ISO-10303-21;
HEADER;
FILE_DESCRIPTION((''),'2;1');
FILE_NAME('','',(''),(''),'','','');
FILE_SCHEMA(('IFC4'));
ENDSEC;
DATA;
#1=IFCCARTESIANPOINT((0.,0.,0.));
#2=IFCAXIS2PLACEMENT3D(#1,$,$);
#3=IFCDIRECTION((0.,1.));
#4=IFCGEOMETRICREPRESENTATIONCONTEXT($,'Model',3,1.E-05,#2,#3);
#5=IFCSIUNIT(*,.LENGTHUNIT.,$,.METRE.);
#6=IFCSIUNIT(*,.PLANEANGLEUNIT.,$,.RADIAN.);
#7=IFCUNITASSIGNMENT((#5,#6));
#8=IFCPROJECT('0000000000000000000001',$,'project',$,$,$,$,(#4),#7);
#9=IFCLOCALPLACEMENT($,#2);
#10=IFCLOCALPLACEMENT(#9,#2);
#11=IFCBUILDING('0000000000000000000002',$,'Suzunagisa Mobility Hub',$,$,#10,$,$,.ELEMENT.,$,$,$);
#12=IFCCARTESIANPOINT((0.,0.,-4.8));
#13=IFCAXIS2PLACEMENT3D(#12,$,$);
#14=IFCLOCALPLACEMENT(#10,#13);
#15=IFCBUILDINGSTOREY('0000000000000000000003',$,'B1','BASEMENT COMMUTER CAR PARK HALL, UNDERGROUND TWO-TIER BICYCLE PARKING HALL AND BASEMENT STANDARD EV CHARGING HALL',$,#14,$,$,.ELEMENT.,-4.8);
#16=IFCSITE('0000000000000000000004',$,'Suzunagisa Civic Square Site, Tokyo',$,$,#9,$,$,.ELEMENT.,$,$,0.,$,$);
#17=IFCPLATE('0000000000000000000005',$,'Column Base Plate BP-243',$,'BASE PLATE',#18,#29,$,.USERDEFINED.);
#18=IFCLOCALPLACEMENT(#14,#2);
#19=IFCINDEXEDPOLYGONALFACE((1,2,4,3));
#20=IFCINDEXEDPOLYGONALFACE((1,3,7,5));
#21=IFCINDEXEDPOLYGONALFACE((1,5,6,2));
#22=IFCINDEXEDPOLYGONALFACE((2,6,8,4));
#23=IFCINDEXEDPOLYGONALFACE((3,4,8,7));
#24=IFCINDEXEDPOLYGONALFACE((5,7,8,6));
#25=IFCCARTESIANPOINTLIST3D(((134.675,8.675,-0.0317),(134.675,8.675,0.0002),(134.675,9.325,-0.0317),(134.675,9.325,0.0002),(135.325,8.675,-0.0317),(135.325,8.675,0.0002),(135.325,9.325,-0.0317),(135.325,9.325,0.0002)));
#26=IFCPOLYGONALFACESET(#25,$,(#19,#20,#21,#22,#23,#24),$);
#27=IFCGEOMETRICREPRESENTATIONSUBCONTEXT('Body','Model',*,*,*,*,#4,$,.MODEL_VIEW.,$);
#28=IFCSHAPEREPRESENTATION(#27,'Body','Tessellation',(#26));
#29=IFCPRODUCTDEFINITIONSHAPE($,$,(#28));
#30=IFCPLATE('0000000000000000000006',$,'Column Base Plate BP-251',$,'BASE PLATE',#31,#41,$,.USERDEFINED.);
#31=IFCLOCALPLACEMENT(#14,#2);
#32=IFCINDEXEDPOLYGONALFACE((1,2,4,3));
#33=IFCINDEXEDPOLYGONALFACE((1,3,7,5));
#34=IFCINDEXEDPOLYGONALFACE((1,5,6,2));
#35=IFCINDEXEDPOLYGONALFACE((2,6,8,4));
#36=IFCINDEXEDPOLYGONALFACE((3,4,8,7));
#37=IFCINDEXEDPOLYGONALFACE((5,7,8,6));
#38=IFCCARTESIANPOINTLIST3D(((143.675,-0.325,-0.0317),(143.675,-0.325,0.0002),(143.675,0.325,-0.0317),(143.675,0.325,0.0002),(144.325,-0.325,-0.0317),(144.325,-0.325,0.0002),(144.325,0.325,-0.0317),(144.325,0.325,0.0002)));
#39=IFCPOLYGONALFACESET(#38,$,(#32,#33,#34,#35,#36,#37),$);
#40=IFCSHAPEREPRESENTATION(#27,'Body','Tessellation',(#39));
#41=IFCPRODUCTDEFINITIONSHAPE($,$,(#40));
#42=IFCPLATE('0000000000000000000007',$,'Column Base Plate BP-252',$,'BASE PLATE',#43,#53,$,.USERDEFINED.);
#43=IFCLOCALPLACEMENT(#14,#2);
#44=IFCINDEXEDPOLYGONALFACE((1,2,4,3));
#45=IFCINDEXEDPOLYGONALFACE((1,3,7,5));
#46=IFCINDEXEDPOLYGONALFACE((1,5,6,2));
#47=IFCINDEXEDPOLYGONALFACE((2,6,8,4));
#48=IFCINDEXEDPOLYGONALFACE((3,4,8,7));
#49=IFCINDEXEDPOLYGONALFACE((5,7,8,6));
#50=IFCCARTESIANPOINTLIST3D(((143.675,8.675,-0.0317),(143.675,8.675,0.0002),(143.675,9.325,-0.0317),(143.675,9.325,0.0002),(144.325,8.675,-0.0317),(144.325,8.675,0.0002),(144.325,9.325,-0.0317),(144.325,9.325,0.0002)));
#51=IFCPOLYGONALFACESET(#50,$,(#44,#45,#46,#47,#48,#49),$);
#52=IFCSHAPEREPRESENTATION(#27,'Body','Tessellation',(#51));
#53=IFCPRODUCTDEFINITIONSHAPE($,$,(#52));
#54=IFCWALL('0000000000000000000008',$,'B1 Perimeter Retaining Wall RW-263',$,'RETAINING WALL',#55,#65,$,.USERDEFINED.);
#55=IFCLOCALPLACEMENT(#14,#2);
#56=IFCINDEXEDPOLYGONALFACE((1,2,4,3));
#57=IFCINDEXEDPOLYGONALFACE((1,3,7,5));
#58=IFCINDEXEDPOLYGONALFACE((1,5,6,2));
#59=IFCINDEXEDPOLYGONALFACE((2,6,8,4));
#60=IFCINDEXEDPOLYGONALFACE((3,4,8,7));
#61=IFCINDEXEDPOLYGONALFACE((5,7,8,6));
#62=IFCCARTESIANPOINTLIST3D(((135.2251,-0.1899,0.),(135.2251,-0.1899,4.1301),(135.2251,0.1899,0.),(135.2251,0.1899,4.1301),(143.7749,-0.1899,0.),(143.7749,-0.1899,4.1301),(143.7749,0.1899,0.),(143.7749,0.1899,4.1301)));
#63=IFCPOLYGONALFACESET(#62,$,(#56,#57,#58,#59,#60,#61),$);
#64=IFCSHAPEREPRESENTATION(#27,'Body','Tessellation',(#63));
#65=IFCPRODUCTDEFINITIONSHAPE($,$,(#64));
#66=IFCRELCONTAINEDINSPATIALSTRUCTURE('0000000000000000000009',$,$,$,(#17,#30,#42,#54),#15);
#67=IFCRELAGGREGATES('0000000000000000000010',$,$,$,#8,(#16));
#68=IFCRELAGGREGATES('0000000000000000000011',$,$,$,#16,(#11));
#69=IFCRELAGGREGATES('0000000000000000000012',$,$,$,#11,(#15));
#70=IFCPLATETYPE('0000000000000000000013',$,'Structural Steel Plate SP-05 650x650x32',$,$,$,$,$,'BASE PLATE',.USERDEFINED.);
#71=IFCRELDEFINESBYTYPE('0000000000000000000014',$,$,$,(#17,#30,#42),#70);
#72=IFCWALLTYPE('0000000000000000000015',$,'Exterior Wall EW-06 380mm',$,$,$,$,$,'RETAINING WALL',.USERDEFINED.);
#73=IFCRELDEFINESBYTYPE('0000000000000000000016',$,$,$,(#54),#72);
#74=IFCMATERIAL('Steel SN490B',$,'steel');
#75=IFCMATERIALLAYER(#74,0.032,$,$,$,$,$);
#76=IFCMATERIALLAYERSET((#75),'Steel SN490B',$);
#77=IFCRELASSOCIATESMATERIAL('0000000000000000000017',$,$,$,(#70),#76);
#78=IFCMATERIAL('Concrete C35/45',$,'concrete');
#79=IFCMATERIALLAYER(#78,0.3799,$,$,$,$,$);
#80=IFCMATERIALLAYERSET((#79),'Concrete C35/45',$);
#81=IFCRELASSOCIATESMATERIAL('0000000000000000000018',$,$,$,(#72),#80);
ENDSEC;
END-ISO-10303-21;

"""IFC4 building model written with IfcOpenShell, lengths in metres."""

from ifc_helpers import new_model, si_unit, direction, frame, frame_2d, origin, origin_2d, place, context, subcontext, project, spatial, rectangle, extrude, material, layer, layer_set, type_object, element, save


model = new_model("IFC4")

# Units and contexts
model_context = context("Model", 3, precision=1e-05, world=origin(), true_north=direction((0.0, 1.0)))
body_context = subcontext(model_context, "Body", "Model", "MODEL_VIEW")
ifc_project = project(units=[si_unit("LENGTHUNIT", "METRE"), si_unit("PLANEANGLEUNIT", "RADIAN")], contexts=[model_context])

# Site, building, storey
site_placement = place(None, origin())
site = spatial("IfcSite", under=ifc_project, at=site_placement, Name="Suzunagisa Civic Square Site, Tokyo", CompositionType="ELEMENT", RefElevation=0.0)
building_placement = place(site_placement, origin())
building = spatial("IfcBuilding", under=site, at=building_placement, Name="Suzunagisa Mobility Hub", CompositionType="ELEMENT")
storey_placement = place(building_placement, frame((0.0, 0.0, -4.8)))
storey = spatial("IfcBuildingStorey", under=building, at=storey_placement, Name="B1", Description="BASEMENT COMMUTER CAR PARK HALL, UNDERGROUND TWO-TIER BICYCLE PARKING HALL AND BASEMENT STANDARD EV CHARGING HALL", CompositionType="ELEMENT", Elevation=-4.8)

# Shared definitions
ifc_material_1 = material(Name="Concrete C35/45", Category="concrete")

# Shared definitions
ifc_material_2 = material(Name="Steel SN490B", Category="steel")

# Plates
ifc_layer_1 = layer(ifc_material_2, 0.032)
ifc_layer_set_1 = layer_set([ifc_layer_1], Name="Steel SN490B")
plate_type = type_object("IfcPlateType", Name="Structural Steel Plate SP-05 650x650x32", ElementType="BASE PLATE", PredefinedType="USERDEFINED", material=ifc_layer_set_1)
for number, where, z_axis, x_axis, name in (
    (1, (135.0, 9.0, -0.0317), (0.0, 0.0, 1.0), (1.0, 0.0, 0.0), "Column Base Plate BP-243"),
    (2, (144.0, 0.0, -0.0317), (0.0, 0.0, 1.0), (1.0, 0.0, 0.0), "Column Base Plate BP-251"),
    (3, (144.0, 9.0, -0.0317), (0.0, 0.0, 1.0), (1.0, 0.0, 0.0), "Column Base Plate BP-252"),
):
    element("IfcPlate", number, at=place(storey_placement, frame(where, z_axis=z_axis, x_axis=x_axis)), inside=storey, type_object=plate_type, Name=name, ObjectType="BASE PLATE", PredefinedType="USERDEFINED", context=body_context, shape_type="SweptSolid", body=[
        extrude(rectangle(XDim=0.6499, YDim=0.6499, at=origin_2d()), origin(), (0.0, 0.0, 1.0), 0.032),
    ])

# Wall
ifc_layer_2 = layer(ifc_material_1, 0.3799)
ifc_layer_set_2 = layer_set([ifc_layer_2], Name="Concrete C35/45")
wall_type = type_object("IfcWallType", Name="Exterior Wall EW-06 380mm", ElementType="RETAINING WALL", PredefinedType="USERDEFINED", material=ifc_layer_set_2)
wall_placement = place(storey_placement, frame((135.2251, 0.0, 0.0), z_axis=(0.0, 0.0, 1.0), x_axis=(1.0, 0.0, 0.0)))
element("IfcWall", 4, at=wall_placement, inside=storey, type_object=wall_type, Name="B1 Perimeter Retaining Wall RW-263", ObjectType="RETAINING WALL", PredefinedType="USERDEFINED", context=body_context, shape_type="SweptSolid", body=[
    extrude(rectangle(XDim=8.5498, YDim=0.3799, at=frame_2d((4.2749, 0.0))), origin(), (0.0, 0.0, 1.0), 4.1301),
])

save(model, "model.ifc")
